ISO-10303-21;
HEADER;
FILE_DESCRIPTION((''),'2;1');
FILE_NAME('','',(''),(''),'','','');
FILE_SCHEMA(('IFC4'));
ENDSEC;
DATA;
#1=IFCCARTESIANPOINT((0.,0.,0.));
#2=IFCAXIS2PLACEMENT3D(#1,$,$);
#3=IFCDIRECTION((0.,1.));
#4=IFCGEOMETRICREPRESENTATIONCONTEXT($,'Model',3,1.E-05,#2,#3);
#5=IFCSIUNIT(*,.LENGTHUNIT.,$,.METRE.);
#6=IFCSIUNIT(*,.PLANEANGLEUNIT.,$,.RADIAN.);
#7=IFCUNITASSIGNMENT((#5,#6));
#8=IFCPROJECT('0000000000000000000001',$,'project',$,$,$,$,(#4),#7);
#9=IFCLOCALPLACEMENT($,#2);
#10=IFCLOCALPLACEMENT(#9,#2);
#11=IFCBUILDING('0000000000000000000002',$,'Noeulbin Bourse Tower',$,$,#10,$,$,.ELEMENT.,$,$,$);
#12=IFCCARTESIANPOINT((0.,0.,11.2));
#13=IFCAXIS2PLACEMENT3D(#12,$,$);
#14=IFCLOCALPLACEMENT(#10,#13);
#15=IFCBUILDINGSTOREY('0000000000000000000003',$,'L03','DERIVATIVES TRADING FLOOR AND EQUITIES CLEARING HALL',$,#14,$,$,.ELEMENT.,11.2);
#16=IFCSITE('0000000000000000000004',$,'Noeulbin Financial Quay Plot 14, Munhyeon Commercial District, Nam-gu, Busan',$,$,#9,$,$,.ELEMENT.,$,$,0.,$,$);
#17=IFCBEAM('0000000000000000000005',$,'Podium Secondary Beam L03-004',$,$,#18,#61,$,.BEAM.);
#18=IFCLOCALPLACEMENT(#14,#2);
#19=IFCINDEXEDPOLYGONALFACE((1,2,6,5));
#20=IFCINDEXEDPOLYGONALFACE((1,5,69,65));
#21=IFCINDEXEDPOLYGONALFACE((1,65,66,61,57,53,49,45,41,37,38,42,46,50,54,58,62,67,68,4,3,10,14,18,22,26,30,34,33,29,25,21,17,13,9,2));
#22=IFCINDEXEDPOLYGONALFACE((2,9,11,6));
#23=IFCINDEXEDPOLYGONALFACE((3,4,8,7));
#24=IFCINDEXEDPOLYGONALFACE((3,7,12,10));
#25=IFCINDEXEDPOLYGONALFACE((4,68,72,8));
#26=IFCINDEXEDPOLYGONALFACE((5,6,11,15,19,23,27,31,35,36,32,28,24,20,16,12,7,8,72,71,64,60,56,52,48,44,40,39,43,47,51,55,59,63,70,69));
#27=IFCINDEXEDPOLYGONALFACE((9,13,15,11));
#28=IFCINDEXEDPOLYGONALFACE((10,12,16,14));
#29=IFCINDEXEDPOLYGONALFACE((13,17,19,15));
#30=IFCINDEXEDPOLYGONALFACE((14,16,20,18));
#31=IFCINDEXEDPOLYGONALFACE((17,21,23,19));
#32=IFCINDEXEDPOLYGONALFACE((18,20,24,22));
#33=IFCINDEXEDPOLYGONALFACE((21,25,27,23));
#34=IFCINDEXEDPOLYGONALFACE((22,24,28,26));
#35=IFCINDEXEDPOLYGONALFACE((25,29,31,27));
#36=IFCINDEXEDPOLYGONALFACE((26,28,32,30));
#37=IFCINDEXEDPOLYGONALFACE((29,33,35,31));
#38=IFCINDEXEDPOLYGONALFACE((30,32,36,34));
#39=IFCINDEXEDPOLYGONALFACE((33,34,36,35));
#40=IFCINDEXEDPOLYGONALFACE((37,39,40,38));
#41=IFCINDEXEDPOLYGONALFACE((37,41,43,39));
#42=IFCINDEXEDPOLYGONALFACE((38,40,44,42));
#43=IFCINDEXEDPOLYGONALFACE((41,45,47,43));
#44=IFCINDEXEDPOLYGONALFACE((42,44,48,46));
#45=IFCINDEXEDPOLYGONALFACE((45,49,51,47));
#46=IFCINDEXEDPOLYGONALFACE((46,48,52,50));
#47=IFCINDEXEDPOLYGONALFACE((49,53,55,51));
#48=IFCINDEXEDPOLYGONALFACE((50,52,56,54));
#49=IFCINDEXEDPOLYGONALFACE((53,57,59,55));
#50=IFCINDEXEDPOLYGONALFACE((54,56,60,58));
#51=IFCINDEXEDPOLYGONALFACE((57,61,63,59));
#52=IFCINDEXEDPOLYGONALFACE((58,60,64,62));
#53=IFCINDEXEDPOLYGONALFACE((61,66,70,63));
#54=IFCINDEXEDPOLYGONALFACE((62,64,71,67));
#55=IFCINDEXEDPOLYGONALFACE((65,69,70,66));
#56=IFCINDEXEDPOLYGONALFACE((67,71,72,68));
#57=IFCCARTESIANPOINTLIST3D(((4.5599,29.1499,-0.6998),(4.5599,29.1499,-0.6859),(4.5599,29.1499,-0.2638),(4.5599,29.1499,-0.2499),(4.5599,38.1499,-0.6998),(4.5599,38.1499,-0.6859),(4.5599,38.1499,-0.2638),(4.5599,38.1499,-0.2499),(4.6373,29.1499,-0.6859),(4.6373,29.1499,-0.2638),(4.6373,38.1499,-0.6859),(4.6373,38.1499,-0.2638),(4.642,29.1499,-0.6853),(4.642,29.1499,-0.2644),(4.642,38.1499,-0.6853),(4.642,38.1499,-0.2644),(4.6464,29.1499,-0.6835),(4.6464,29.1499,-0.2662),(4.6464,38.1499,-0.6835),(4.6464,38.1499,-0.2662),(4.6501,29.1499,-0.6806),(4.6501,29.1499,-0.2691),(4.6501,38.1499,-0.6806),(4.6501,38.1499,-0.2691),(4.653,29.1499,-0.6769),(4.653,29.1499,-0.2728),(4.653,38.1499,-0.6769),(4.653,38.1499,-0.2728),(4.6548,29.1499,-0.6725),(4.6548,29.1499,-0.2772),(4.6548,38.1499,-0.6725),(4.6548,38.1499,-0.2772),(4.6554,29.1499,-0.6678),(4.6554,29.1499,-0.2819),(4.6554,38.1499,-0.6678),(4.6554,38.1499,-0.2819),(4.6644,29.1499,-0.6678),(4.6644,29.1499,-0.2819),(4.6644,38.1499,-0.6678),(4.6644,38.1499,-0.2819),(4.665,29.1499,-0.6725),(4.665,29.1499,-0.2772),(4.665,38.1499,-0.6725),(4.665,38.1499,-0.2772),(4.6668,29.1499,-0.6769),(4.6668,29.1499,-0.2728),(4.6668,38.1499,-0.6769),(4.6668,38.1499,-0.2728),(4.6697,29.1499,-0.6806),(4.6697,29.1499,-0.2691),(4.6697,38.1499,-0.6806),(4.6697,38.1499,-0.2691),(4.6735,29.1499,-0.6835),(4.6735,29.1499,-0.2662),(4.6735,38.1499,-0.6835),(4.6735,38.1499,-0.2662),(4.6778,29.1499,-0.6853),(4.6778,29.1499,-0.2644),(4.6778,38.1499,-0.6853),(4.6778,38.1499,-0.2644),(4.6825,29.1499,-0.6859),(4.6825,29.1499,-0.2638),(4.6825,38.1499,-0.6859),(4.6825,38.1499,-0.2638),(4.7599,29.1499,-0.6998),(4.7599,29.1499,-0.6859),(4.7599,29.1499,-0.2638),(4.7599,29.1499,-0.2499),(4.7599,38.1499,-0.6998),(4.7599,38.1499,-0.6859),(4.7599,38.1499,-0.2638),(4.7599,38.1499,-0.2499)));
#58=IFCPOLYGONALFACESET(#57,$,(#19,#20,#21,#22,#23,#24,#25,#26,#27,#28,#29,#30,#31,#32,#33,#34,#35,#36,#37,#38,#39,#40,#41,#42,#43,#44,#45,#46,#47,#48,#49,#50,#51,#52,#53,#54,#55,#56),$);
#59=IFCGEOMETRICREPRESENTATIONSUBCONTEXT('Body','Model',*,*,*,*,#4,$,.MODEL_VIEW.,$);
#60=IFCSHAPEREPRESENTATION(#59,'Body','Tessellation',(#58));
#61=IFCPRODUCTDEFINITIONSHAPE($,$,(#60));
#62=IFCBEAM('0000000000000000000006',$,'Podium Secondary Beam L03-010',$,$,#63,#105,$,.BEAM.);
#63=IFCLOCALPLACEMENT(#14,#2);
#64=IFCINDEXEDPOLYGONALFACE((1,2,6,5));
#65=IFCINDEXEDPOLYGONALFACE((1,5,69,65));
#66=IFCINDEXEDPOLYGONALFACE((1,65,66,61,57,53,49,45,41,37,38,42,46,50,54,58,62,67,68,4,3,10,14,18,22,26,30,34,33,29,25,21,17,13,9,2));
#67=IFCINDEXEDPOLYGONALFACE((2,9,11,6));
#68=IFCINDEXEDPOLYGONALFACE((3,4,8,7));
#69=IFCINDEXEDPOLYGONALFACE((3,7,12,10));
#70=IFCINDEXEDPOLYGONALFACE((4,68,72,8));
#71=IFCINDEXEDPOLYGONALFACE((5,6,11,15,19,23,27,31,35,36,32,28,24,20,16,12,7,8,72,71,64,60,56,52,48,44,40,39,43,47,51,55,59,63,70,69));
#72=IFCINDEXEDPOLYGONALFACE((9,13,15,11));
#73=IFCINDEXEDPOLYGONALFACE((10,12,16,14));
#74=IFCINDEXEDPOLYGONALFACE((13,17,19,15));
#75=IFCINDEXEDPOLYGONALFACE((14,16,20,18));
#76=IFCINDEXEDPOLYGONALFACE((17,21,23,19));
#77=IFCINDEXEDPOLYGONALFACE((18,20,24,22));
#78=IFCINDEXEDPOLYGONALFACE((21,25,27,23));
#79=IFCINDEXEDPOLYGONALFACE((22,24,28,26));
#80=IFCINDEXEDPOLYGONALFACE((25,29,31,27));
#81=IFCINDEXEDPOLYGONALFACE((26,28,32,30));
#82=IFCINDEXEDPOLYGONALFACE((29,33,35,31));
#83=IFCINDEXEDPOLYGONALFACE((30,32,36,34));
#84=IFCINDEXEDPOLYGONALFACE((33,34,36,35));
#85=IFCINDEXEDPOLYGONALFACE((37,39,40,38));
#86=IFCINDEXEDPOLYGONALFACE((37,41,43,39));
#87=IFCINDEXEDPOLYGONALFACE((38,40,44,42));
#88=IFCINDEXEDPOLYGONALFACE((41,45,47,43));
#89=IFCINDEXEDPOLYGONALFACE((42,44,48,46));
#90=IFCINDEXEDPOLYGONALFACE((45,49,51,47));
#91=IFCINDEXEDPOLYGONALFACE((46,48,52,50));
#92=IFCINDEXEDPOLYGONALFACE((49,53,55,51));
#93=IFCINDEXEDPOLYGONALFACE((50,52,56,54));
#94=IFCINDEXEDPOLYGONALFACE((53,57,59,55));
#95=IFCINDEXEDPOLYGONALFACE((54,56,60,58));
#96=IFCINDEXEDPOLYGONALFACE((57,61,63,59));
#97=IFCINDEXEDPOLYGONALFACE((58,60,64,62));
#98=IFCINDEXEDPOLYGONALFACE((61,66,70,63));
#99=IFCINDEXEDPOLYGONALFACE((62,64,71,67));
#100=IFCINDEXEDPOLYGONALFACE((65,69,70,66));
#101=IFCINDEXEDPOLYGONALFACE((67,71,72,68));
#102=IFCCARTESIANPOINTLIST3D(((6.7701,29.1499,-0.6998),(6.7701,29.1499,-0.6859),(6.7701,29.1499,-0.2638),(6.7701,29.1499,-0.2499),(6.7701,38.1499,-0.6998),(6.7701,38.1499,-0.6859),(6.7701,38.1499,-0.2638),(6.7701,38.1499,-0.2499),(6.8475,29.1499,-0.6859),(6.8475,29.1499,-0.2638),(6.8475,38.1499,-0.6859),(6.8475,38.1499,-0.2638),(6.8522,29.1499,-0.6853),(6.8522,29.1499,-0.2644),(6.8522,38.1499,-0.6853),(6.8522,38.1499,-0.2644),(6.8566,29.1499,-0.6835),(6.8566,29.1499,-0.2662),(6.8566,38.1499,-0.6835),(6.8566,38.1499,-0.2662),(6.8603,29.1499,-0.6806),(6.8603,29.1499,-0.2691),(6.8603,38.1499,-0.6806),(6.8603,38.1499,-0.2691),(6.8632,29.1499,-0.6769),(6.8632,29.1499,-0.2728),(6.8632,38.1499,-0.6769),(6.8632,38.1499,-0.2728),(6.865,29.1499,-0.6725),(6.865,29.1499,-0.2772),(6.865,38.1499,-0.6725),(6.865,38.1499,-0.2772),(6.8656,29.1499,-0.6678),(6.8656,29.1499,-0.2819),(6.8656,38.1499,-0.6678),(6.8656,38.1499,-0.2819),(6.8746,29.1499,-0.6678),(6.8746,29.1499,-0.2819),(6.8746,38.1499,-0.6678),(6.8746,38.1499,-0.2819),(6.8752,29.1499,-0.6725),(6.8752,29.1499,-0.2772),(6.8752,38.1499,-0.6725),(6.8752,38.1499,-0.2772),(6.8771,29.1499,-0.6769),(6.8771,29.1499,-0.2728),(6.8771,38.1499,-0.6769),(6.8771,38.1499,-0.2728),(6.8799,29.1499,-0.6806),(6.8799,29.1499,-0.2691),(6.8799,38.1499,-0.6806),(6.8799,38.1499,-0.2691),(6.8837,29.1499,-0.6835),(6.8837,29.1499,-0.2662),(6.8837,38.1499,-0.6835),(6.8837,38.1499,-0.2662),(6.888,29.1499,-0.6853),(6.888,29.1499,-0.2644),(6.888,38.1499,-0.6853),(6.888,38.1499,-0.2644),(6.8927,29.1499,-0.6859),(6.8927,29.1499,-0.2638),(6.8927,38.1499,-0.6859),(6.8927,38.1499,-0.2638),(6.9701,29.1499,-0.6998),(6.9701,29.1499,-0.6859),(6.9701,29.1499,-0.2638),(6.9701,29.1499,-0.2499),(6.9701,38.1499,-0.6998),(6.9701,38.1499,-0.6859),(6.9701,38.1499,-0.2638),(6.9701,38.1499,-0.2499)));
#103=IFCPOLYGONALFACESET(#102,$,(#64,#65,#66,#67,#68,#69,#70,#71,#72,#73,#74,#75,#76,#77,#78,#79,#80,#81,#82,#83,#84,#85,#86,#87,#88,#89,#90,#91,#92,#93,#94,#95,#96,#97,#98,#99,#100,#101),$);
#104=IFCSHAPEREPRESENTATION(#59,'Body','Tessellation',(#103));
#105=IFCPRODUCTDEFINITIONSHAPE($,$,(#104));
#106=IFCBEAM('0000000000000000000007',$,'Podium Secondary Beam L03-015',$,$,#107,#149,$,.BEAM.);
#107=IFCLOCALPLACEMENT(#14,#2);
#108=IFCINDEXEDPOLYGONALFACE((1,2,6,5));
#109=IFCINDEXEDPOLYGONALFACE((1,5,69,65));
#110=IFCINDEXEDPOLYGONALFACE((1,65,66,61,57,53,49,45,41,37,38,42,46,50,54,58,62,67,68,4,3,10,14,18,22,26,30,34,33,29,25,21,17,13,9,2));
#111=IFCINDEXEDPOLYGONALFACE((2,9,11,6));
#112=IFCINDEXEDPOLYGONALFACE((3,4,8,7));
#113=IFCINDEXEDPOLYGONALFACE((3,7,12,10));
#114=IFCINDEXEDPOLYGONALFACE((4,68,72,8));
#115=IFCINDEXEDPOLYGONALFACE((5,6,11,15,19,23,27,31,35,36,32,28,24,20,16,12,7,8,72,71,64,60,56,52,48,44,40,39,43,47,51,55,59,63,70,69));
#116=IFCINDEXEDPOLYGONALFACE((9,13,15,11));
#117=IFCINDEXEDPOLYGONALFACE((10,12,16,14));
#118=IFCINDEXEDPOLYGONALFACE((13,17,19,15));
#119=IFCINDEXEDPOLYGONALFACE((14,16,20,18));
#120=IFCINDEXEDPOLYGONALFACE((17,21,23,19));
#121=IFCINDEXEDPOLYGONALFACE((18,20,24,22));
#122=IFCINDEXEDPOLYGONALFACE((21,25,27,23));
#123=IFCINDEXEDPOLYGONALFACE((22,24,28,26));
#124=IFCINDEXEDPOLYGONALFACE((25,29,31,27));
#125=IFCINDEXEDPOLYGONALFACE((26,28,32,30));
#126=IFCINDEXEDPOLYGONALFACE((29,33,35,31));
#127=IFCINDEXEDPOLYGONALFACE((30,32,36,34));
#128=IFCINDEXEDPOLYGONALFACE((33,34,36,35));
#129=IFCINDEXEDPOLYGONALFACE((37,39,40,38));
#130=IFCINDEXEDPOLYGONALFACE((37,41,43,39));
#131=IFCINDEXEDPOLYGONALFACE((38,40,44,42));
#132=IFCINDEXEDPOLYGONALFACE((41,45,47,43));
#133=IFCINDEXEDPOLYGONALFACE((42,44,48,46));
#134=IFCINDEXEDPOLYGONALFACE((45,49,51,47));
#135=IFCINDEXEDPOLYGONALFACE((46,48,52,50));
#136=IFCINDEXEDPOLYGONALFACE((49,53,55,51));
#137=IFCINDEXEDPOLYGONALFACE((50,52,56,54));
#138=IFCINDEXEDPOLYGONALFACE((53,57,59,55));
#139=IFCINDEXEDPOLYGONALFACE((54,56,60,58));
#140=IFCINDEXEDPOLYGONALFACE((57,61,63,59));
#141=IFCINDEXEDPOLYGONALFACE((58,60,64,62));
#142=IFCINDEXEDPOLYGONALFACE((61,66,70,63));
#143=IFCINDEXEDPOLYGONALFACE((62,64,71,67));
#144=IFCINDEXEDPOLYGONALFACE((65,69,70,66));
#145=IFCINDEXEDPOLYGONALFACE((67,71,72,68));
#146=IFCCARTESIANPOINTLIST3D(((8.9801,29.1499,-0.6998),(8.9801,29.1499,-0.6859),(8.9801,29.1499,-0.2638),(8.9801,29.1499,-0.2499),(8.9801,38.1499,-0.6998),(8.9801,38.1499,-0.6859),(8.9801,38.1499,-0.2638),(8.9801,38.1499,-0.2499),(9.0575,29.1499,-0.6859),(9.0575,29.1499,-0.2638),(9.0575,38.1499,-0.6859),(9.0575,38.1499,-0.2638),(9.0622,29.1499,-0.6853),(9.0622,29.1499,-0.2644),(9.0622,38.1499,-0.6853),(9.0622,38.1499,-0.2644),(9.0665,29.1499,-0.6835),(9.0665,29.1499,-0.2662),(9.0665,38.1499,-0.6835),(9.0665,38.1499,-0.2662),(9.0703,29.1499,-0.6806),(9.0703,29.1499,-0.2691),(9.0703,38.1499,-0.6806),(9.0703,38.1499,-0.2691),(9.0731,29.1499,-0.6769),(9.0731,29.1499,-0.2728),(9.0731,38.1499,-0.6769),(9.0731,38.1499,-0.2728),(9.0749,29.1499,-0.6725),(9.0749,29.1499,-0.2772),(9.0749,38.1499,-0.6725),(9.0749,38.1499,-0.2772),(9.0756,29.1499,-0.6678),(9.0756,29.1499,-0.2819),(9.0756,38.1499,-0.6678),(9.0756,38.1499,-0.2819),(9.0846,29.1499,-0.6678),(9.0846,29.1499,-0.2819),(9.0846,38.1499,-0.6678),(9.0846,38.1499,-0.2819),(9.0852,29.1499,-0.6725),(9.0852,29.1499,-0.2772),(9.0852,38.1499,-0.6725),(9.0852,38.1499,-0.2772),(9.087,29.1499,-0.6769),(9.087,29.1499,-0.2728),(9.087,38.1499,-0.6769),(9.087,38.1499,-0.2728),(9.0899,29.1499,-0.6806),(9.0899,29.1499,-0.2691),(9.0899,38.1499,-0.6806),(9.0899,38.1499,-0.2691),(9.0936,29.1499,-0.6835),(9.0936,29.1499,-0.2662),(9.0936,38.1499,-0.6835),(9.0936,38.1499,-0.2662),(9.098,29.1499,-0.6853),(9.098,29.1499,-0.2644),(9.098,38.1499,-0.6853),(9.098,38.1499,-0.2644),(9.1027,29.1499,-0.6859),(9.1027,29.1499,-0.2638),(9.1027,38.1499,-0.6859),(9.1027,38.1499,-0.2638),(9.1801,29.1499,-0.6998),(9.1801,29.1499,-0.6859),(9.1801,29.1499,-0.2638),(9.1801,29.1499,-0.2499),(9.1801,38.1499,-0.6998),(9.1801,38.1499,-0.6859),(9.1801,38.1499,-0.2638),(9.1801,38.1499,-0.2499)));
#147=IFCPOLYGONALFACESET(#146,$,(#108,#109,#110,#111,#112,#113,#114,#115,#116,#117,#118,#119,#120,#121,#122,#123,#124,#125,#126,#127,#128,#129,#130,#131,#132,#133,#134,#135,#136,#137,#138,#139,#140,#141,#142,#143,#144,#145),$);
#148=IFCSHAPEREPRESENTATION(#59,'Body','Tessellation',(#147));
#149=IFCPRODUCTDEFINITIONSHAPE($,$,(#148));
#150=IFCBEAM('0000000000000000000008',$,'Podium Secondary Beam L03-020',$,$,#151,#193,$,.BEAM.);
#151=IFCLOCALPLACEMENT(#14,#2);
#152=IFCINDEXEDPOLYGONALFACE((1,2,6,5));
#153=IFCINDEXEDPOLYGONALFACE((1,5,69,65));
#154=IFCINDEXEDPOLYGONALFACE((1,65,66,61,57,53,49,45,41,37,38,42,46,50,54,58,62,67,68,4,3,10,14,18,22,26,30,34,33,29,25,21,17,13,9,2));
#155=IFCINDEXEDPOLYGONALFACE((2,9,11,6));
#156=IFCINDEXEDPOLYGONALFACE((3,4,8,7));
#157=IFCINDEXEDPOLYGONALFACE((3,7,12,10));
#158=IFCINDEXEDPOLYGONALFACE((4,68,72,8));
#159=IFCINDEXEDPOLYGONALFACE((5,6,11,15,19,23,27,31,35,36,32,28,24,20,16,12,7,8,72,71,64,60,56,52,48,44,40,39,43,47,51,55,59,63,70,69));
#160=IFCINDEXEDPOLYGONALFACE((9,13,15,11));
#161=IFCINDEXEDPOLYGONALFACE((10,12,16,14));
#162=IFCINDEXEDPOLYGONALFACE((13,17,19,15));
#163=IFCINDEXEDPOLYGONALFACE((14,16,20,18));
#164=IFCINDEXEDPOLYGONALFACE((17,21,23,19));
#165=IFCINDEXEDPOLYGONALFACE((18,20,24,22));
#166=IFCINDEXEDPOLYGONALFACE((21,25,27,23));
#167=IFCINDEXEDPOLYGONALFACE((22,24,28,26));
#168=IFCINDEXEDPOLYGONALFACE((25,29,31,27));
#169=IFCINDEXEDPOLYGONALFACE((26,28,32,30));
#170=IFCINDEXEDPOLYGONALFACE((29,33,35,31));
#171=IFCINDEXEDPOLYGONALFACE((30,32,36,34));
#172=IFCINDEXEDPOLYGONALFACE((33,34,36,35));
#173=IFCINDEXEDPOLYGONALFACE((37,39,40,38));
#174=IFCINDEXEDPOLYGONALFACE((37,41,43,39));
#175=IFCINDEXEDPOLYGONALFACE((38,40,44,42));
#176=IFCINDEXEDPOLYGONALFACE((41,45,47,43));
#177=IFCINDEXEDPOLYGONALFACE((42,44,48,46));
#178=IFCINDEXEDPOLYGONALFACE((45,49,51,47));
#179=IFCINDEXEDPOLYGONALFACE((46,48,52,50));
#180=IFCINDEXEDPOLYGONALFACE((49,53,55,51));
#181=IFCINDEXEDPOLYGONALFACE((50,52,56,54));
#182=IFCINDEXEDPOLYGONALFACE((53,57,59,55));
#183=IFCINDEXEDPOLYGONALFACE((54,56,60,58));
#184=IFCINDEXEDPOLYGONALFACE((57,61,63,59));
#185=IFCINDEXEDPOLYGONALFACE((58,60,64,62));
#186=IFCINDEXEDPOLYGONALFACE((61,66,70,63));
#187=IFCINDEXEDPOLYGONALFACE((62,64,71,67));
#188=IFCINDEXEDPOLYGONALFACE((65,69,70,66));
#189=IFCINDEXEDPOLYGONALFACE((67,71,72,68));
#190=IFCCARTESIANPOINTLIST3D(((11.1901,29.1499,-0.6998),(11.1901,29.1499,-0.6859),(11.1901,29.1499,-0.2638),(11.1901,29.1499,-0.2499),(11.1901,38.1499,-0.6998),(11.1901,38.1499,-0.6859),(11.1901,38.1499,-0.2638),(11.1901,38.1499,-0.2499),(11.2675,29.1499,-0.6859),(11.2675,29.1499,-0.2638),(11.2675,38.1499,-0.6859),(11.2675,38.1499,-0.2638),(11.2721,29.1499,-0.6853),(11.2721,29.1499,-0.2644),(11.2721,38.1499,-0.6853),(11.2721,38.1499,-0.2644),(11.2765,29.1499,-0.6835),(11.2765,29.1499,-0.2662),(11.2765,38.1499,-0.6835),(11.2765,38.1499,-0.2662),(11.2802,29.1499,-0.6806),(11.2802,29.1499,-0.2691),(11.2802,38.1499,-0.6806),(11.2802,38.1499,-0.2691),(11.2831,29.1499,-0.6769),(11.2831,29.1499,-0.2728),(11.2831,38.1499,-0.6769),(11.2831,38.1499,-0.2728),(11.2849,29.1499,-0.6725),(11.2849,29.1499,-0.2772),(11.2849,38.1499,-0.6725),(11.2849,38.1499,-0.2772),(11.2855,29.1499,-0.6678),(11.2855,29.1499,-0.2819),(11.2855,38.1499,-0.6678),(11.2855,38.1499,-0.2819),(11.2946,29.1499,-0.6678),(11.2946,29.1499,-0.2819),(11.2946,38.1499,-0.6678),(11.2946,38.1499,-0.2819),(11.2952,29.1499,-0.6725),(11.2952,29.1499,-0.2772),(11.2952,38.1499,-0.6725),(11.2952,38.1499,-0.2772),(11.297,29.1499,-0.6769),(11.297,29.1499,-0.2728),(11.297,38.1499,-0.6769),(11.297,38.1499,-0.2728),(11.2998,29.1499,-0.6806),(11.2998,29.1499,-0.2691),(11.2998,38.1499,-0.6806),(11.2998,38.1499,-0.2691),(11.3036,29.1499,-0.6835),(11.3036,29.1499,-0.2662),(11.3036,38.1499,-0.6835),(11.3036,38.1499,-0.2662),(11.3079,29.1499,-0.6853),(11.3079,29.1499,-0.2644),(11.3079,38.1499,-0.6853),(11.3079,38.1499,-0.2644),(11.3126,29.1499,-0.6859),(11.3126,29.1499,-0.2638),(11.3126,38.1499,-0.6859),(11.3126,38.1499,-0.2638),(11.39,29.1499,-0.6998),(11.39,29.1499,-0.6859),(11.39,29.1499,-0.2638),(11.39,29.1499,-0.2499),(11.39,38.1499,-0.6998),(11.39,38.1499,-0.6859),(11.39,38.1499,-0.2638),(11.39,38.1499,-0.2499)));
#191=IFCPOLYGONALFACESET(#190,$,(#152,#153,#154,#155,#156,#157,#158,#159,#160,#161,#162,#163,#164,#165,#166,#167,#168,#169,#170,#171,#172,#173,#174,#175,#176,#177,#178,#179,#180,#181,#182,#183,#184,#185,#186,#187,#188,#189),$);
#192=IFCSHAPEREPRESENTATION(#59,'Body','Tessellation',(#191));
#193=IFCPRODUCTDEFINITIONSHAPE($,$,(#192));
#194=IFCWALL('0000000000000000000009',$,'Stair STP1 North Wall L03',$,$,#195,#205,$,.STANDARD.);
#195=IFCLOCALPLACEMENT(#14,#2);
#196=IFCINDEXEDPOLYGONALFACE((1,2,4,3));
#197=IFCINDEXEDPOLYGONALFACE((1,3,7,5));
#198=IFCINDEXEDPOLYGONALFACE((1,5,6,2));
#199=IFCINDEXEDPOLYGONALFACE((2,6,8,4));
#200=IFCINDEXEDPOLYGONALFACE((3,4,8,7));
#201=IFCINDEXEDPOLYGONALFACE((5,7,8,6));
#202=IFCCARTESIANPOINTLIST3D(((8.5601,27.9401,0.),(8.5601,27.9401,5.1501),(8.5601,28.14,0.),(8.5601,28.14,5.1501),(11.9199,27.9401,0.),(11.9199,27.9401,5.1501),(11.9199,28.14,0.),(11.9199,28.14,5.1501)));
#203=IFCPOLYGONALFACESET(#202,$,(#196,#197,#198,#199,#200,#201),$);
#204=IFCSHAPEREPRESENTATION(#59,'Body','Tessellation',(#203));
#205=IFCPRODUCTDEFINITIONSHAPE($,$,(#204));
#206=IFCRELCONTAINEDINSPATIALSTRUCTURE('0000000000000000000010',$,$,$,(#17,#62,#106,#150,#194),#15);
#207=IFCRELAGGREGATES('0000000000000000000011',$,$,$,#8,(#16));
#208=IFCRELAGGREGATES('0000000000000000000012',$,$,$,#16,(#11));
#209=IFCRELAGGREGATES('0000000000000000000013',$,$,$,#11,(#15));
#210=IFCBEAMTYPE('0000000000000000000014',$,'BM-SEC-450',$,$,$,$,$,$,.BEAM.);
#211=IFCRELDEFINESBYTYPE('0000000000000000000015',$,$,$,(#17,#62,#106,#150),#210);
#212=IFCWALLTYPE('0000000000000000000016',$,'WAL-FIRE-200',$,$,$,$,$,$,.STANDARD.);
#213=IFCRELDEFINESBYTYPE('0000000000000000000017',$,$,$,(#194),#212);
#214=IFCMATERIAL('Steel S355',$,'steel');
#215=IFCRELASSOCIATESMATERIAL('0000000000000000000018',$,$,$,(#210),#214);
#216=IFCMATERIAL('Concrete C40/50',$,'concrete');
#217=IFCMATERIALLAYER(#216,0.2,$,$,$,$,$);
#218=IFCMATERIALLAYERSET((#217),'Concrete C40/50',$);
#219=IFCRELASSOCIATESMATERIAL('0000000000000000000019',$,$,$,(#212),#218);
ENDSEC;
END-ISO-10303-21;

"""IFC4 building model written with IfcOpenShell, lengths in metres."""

from ifc_helpers import new_model, si_unit, direction, frame, frame_2d, origin, origin_2d, place, context, subcontext, project, spatial, rectangle, i_section, extrude, material, layer, layer_set, material_profile, profile_set, type_object, element, save


model = new_model("IFC4")

# Units and contexts
model_context = context("Model", 3, precision=1e-05, world=origin(), true_north=direction((0.0, 1.0)))
body_context = subcontext(model_context, "Body", "Model", "MODEL_VIEW")
ifc_project = project(units=[si_unit("LENGTHUNIT", "METRE"), si_unit("PLANEANGLEUNIT", "RADIAN")], contexts=[model_context])

# Site, building, storey
site_placement = place(None, origin())
site = spatial("IfcSite", under=ifc_project, at=site_placement, Name="Noeulbin Financial Quay Plot 14, Munhyeon Commercial District, Nam-gu, Busan", CompositionType="ELEMENT", RefElevation=0.0)
building_placement = place(site_placement, origin())
building = spatial("IfcBuilding", under=site, at=building_placement, Name="Noeulbin Bourse Tower", CompositionType="ELEMENT")
storey_placement = place(building_placement, frame((0.0, 0.0, 11.2)))
storey = spatial("IfcBuildingStorey", under=building, at=storey_placement, Name="L03", Description="DERIVATIVES TRADING FLOOR AND EQUITIES CLEARING HALL", CompositionType="ELEMENT", Elevation=11.2)

# Beams
ifc_material_1 = material(Name="Steel S355", Category="steel")
ifc_material_profile_1 = material_profile(ifc_material_1, i_section(OverallWidth=0.2, OverallDepth=0.45, WebThickness=0.009, FlangeThickness=0.0139, FilletRadius=0.0181, at=origin_2d()), Name="H-450x200x9x14", Category="LoadBearing")
ifc_profile_set_1 = profile_set([ifc_material_profile_1], Name="Steel S355")
beam_type_1 = type_object("IfcBeamType", Name="BM-SEC-450", PredefinedType="BEAM", material=ifc_profile_set_1)
for number, where, z_axis, x_axis, name in (
    (1, (4.6599, 29.1499, -0.4749), (0.0, 1.0, 0.0), (-1.0, 0.0, 0.0), "Podium Secondary Beam L03-004"),
    (2, (6.8701, 29.1499, -0.4749), (0.0, 1.0, 0.0), (-1.0, 0.0, 0.0), "Podium Secondary Beam L03-010"),
    (3, (9.0801, 29.1499, -0.4749), (0.0, 1.0, 0.0), (-1.0, 0.0, 0.0), "Podium Secondary Beam L03-015"),
    (4, (11.29, 29.1499, -0.4749), (0.0, 1.0, 0.0), (-1.0, 0.0, 0.0), "Podium Secondary Beam L03-020"),
):
    element("IfcBeam", number, at=place(storey_placement, frame(where, z_axis=z_axis, x_axis=x_axis)), inside=storey, type_object=beam_type_1, Name=name, PredefinedType="BEAM", context=body_context, shape_type="SweptSolid", body=[
        extrude(i_section(OverallWidth=0.2, OverallDepth=0.45, WebThickness=0.009, FlangeThickness=0.0139, FilletRadius=0.0181, at=origin_2d()), origin(), (0.0, 0.0, 1.0), 9.0),
    ])

# Wall
ifc_material_2 = material(Name="Concrete C40/50", Category="concrete")
ifc_layer_1 = layer(ifc_material_2, 0.2)
ifc_layer_set_1 = layer_set([ifc_layer_1], Name="Concrete C40/50")
wall_type_1 = type_object("IfcWallType", Name="WAL-FIRE-200", PredefinedType="STANDARD", material=ifc_layer_set_1)
wall_1_placement = place(storey_placement, frame((8.5601, 28.04, 0.0), z_axis=(0.0, 0.0, 1.0), x_axis=(1.0, 0.0, 0.0)))
element("IfcWall", 5, at=wall_1_placement, inside=storey, type_object=wall_type_1, Name="Stair STP1 North Wall L03", PredefinedType="STANDARD", context=body_context, shape_type="SweptSolid", body=[
    extrude(rectangle(XDim=3.3599, YDim=0.2, at=frame_2d((1.6799, 0.0))), origin(), (0.0, 0.0, 1.0), 5.1501),
])

save(model, "model.ifc")
